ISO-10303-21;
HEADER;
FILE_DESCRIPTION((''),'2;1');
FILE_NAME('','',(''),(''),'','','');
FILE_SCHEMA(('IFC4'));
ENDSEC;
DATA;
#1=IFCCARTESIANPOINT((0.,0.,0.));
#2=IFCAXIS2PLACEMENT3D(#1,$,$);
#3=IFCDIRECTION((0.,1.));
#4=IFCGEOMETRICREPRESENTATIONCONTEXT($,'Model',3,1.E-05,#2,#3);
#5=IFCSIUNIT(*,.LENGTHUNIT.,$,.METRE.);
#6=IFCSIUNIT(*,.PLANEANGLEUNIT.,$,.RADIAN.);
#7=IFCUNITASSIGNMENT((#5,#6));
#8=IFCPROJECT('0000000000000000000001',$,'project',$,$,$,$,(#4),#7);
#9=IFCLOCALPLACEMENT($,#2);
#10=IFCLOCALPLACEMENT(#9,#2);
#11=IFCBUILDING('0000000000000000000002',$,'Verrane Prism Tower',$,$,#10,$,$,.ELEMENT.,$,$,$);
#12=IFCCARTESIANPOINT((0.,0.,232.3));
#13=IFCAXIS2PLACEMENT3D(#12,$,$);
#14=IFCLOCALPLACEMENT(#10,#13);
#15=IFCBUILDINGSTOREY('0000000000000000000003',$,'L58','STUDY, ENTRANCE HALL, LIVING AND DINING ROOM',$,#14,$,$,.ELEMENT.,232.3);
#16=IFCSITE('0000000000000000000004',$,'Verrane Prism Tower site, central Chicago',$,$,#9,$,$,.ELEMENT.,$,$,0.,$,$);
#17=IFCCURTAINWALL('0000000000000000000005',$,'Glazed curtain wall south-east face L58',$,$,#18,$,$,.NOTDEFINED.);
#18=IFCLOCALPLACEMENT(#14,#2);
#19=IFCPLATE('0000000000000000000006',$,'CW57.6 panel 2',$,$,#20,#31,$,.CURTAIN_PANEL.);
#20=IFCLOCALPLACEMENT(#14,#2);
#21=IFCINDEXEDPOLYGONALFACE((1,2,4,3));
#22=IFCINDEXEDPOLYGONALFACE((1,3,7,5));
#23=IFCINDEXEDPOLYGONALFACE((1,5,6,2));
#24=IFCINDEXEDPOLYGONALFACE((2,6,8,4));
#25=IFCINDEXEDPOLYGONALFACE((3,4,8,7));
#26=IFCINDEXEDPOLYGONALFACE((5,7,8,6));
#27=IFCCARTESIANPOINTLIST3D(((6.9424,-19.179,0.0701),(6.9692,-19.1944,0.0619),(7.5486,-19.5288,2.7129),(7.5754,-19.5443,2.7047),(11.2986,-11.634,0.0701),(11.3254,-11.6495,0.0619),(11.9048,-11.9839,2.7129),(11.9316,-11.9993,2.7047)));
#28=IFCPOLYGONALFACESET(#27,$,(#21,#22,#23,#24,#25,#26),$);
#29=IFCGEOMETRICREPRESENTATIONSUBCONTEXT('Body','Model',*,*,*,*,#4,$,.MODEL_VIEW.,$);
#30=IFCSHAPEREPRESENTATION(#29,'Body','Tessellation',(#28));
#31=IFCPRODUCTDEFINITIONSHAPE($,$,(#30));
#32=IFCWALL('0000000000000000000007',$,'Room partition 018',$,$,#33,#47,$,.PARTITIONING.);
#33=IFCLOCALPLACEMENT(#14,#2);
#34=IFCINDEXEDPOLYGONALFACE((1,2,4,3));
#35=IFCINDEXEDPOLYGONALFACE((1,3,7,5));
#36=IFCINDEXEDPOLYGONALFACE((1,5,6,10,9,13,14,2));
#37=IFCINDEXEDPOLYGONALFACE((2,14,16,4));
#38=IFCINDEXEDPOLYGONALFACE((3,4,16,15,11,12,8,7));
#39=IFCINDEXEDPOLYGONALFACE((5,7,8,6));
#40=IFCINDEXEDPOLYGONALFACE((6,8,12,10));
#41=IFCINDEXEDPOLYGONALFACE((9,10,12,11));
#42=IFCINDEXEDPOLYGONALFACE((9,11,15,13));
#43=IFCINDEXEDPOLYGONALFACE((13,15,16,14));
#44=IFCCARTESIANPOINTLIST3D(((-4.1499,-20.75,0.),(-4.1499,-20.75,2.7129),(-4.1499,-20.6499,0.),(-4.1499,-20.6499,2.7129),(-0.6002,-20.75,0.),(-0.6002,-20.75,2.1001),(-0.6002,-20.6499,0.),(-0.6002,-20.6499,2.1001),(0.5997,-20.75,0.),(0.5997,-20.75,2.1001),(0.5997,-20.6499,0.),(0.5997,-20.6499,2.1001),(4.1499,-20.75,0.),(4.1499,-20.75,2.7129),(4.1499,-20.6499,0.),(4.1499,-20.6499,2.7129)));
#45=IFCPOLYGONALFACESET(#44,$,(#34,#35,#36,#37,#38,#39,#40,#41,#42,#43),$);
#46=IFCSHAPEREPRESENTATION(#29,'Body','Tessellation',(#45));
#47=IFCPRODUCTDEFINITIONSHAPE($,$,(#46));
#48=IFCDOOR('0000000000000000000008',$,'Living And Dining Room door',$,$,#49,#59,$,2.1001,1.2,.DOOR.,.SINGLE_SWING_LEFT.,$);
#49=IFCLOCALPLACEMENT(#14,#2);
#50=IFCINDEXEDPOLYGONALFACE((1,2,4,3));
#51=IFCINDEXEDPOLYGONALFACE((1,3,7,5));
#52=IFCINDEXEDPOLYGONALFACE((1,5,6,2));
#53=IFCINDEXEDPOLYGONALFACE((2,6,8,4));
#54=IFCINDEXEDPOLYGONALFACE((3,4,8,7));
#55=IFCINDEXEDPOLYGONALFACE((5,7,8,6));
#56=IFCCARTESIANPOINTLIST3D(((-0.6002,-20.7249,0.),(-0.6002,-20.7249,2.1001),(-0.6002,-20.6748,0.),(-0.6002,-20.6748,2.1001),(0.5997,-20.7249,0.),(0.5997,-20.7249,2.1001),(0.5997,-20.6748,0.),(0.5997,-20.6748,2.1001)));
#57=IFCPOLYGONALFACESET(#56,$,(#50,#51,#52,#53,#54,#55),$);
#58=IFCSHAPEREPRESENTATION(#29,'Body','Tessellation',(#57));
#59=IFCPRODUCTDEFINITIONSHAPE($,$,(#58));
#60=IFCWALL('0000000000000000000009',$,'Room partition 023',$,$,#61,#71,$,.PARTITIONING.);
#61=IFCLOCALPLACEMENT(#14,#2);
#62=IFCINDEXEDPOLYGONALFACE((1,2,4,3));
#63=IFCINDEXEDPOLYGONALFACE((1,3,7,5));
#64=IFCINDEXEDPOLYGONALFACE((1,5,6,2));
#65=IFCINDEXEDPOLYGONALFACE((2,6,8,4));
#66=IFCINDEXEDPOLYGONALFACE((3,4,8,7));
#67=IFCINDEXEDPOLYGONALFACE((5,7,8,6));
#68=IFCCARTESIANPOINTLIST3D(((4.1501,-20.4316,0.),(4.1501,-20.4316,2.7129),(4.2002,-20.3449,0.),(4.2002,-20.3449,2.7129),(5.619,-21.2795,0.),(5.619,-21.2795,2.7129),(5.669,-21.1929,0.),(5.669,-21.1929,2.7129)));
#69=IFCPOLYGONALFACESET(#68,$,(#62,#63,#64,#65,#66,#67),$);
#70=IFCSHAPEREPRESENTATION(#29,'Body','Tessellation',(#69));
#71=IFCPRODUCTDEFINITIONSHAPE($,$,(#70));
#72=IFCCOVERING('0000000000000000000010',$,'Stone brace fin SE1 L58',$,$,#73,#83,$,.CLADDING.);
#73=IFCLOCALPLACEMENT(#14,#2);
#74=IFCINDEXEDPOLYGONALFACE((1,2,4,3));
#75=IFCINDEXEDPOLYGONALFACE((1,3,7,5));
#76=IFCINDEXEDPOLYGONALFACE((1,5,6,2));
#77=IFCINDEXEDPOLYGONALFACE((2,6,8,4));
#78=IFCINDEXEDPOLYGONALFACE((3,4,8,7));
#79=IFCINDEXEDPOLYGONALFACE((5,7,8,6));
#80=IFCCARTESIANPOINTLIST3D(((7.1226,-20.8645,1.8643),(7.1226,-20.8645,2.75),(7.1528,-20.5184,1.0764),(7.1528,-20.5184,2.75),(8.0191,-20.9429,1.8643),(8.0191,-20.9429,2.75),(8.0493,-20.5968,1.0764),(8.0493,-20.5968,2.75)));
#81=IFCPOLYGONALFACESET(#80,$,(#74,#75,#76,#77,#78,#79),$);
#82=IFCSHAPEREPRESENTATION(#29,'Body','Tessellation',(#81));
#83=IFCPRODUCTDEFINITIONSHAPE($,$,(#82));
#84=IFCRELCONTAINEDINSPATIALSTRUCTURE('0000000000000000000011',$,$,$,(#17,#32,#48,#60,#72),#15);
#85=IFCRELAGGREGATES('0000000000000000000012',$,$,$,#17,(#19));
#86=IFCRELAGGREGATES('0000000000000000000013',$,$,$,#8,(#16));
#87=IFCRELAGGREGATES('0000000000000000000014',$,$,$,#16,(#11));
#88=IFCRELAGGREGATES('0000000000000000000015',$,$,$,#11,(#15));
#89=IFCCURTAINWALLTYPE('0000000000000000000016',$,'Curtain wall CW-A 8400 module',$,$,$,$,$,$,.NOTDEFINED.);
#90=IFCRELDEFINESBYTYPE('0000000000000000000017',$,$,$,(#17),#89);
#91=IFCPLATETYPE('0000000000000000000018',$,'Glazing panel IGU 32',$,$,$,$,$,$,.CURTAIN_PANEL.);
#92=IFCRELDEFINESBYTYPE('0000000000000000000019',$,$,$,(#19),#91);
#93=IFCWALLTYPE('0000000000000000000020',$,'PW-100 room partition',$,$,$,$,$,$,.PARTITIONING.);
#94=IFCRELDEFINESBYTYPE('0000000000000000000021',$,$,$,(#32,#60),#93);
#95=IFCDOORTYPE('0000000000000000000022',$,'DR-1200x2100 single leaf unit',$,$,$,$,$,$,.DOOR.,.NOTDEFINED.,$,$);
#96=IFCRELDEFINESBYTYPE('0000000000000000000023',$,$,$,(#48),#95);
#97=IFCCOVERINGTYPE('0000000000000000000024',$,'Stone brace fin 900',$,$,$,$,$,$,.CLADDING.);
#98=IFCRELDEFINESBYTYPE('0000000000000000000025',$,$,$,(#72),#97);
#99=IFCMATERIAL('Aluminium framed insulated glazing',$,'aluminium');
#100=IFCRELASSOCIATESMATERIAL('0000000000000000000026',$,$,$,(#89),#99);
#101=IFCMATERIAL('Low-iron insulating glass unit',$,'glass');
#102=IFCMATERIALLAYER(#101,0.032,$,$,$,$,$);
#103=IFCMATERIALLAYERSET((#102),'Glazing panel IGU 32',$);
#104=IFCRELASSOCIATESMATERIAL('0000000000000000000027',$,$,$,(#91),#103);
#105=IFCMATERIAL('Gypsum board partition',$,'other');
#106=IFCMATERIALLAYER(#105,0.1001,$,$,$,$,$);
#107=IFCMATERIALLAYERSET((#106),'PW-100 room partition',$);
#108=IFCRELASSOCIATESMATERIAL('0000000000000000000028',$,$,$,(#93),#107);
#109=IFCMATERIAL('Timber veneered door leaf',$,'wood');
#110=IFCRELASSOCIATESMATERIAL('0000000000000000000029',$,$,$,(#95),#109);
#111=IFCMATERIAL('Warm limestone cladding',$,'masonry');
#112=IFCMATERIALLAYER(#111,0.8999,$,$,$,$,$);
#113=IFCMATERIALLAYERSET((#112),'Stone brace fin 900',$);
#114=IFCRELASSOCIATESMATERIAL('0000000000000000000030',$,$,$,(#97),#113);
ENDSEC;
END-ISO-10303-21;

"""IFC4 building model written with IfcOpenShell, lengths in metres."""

from ifc_helpers import new_model, si_unit, direction, frame, frame_2d, origin, place, context, subcontext, project, spatial, polyline, rectangle, outline, extrude, material, layer, layer_set, type_object, element, fill, aggregate, save


model = new_model("IFC4")

# Units and contexts
model_context = context("Model", 3, precision=1e-05, world=origin(), true_north=direction((0.0, 1.0)))
body_context = subcontext(model_context, "Body", "Model", "MODEL_VIEW")
ifc_project = project(units=[si_unit("LENGTHUNIT", "METRE"), si_unit("PLANEANGLEUNIT", "RADIAN")], contexts=[model_context])

# Site, building, storey
site_placement = place(None, origin())
site = spatial("IfcSite", under=ifc_project, at=site_placement, Name="Verrane Prism Tower site, central Chicago", CompositionType="ELEMENT", RefElevation=0.0)
building_placement = place(site_placement, origin())
building = spatial("IfcBuilding", under=site, at=building_placement, Name="Verrane Prism Tower", CompositionType="ELEMENT")
storey_placement = place(building_placement, frame((0.0, 0.0, 232.3)))
storey = spatial("IfcBuildingStorey", under=building, at=storey_placement, Name="L58", Description="STUDY, ENTRANCE HALL, LIVING AND DINING ROOM", CompositionType="ELEMENT", Elevation=232.3)

# Curtain wall
ifc_material_1 = material(Name="Aluminium framed insulated glazing", Category="aluminium")
curtain_wall_type = type_object("IfcCurtainWallType", Name="Curtain wall CW-A 8400 module", PredefinedType="NOTDEFINED", material=ifc_material_1)
curtain_wall_placement = place(storey_placement, origin())
curtain_wall = element("IfcCurtainWall", 1, at=curtain_wall_placement, inside=storey, type_object=curtain_wall_type, Name="Glazed curtain wall south-east face L58", PredefinedType="NOTDEFINED")

# Plate
ifc_material_2 = material(Name="Low-iron insulating glass unit", Category="glass")
ifc_layer_1 = layer(ifc_material_2, 0.032)
ifc_layer_set_1 = layer_set([ifc_layer_1], Name="Glazing panel IGU 32")
plate_type = type_object("IfcPlateType", Name="Glazing panel IGU 32", PredefinedType="CURTAIN_PANEL", material=ifc_layer_set_1)
plate_1_placement = place(storey_placement, frame((6.9424, -19.179, 0.0701), z_axis=(-0.837158, 0.483349, 0.256009), x_axis=(0.500012, 0.866019, 0.0)))
plate_1 = element("IfcPlate", 2, at=plate_1_placement, type_object=plate_type, Name="CW57.6 panel 2", PredefinedType="CURTAIN_PANEL", context=body_context, shape_type="SweptSolid", body=[
    extrude(outline(polyline([(0.0, 0.0), (8.7122, 0.0), (8.7123, -2.7339), (0.0001, -2.7339), (0.0, 0.0)])), origin(), (0.0, 0.0, -1.0), 0.032),
])
aggregate(curtain_wall, [plate_1])

# Wall, opening, door
ifc_material_3 = material(Name="Gypsum board partition", Category="other")
ifc_layer_2 = layer(ifc_material_3, 0.1001)
ifc_layer_set_2 = layer_set([ifc_layer_2], Name="PW-100 room partition")
wall_type = type_object("IfcWallType", Name="PW-100 room partition", PredefinedType="PARTITIONING", material=ifc_layer_set_2)
wall_1_placement = place(storey_placement, frame((4.1499, -20.7, 0.0), z_axis=(0.0, 0.0, 1.0), x_axis=(-1.0, 0.0, 0.0)))
wall_1 = element("IfcWall", 3, at=wall_1_placement, inside=storey, type_object=wall_type, Name="Room partition 018", PredefinedType="PARTITIONING", context=body_context, shape_type="SweptSolid", body=[
    extrude(rectangle(XDim=8.2998, YDim=0.1001, at=frame_2d((4.1499, 0.0))), origin(), (0.0, 0.0, 1.0), 2.7129),
])
opening_placement = place(wall_1_placement, frame((3.55, 0.0, 0.0)))
opening = element("IfcOpeningElement", 4, at=opening_placement, cuts=wall_1, PredefinedType="OPENING", context=body_context, shape_type="SweptSolid", body=[
    extrude(rectangle(XDim=1.2, YDim=2.1001, at=frame_2d((0.6001, 1.05))), frame((0.0, 0.0601, 0.0), z_axis=(0.0, -1.0, 0.0), x_axis=(1.0, 0.0, 0.0)), (0.0, 0.0, 1.0), 0.1201),
])
ifc_material_4 = material(Name="Timber veneered door leaf", Category="wood")
door_type = type_object("IfcDoorType", Name="DR-1200x2100 single leaf unit", OperationType="NOTDEFINED", PredefinedType="DOOR", material=ifc_material_4)
door_placement = place(opening_placement, origin())
door = element("IfcDoor", 5, at=door_placement, inside=storey, type_object=door_type, Name="Living And Dining Room door", OperationType="SINGLE_SWING_LEFT", OverallHeight=2.1001, OverallWidth=1.2, PredefinedType="DOOR", context=body_context, shape_type="SweptSolid", body=[
    extrude(rectangle(XDim=1.2, YDim=2.1001, at=frame_2d((0.6001, 1.05))), frame((0.0, 0.0249, 0.0), z_axis=(0.0, -1.0, 0.0), x_axis=(1.0, 0.0, 0.0)), (0.0, 0.0, 1.0), 0.05),
])
fill(opening, door)

# Wall
wall_2_placement = place(storey_placement, frame((4.175, -20.3882, 0.0), z_axis=(0.0, 0.0, 1.0), x_axis=(0.866047, -0.499963, 0.0)))
element("IfcWall", 6, at=wall_2_placement, inside=storey, type_object=wall_type, Name="Room partition 023", PredefinedType="PARTITIONING", context=body_context, shape_type="SweptSolid", body=[
    extrude(rectangle(XDim=1.696, YDim=0.1001, at=frame_2d((0.8481, 0.0))), origin(), (0.0, 0.0, 1.0), 2.7129),
])

# Covering
ifc_material_5 = material(Name="Warm limestone cladding", Category="masonry")
ifc_layer_3 = layer(ifc_material_5, 0.8999)
ifc_layer_set_3 = layer_set([ifc_layer_3], Name="Stone brace fin 900")
covering_type = type_object("IfcCoveringType", Name="Stone brace fin 900", PredefinedType="CLADDING", material=ifc_layer_set_3)
covering_placement = place(storey_placement, frame((7.6011, -20.5576, 1.0764), z_axis=(0.0, 0.0, 1.0), x_axis=(-0.087115, -0.996198, 0.0)))
element("IfcCovering", 7, at=covering_placement, inside=storey, type_object=covering_type, Name="Stone brace fin SE1 L58", PredefinedType="CLADDING", context=body_context, shape_type="SweptSolid", body=[
    extrude(outline(polyline([(0.3474, 1.6736), (0.0, 1.6736), (0.0, 0.0), (0.3474, 0.7878), (0.3474, 1.6736)])), frame((0.0, 0.45, 0.0), z_axis=(0.0, -1.0, 0.0), x_axis=(1.0, 0.0, 0.0)), (0.0, 0.0, 1.0), 0.8999),
])

save(model, "model.ifc")
